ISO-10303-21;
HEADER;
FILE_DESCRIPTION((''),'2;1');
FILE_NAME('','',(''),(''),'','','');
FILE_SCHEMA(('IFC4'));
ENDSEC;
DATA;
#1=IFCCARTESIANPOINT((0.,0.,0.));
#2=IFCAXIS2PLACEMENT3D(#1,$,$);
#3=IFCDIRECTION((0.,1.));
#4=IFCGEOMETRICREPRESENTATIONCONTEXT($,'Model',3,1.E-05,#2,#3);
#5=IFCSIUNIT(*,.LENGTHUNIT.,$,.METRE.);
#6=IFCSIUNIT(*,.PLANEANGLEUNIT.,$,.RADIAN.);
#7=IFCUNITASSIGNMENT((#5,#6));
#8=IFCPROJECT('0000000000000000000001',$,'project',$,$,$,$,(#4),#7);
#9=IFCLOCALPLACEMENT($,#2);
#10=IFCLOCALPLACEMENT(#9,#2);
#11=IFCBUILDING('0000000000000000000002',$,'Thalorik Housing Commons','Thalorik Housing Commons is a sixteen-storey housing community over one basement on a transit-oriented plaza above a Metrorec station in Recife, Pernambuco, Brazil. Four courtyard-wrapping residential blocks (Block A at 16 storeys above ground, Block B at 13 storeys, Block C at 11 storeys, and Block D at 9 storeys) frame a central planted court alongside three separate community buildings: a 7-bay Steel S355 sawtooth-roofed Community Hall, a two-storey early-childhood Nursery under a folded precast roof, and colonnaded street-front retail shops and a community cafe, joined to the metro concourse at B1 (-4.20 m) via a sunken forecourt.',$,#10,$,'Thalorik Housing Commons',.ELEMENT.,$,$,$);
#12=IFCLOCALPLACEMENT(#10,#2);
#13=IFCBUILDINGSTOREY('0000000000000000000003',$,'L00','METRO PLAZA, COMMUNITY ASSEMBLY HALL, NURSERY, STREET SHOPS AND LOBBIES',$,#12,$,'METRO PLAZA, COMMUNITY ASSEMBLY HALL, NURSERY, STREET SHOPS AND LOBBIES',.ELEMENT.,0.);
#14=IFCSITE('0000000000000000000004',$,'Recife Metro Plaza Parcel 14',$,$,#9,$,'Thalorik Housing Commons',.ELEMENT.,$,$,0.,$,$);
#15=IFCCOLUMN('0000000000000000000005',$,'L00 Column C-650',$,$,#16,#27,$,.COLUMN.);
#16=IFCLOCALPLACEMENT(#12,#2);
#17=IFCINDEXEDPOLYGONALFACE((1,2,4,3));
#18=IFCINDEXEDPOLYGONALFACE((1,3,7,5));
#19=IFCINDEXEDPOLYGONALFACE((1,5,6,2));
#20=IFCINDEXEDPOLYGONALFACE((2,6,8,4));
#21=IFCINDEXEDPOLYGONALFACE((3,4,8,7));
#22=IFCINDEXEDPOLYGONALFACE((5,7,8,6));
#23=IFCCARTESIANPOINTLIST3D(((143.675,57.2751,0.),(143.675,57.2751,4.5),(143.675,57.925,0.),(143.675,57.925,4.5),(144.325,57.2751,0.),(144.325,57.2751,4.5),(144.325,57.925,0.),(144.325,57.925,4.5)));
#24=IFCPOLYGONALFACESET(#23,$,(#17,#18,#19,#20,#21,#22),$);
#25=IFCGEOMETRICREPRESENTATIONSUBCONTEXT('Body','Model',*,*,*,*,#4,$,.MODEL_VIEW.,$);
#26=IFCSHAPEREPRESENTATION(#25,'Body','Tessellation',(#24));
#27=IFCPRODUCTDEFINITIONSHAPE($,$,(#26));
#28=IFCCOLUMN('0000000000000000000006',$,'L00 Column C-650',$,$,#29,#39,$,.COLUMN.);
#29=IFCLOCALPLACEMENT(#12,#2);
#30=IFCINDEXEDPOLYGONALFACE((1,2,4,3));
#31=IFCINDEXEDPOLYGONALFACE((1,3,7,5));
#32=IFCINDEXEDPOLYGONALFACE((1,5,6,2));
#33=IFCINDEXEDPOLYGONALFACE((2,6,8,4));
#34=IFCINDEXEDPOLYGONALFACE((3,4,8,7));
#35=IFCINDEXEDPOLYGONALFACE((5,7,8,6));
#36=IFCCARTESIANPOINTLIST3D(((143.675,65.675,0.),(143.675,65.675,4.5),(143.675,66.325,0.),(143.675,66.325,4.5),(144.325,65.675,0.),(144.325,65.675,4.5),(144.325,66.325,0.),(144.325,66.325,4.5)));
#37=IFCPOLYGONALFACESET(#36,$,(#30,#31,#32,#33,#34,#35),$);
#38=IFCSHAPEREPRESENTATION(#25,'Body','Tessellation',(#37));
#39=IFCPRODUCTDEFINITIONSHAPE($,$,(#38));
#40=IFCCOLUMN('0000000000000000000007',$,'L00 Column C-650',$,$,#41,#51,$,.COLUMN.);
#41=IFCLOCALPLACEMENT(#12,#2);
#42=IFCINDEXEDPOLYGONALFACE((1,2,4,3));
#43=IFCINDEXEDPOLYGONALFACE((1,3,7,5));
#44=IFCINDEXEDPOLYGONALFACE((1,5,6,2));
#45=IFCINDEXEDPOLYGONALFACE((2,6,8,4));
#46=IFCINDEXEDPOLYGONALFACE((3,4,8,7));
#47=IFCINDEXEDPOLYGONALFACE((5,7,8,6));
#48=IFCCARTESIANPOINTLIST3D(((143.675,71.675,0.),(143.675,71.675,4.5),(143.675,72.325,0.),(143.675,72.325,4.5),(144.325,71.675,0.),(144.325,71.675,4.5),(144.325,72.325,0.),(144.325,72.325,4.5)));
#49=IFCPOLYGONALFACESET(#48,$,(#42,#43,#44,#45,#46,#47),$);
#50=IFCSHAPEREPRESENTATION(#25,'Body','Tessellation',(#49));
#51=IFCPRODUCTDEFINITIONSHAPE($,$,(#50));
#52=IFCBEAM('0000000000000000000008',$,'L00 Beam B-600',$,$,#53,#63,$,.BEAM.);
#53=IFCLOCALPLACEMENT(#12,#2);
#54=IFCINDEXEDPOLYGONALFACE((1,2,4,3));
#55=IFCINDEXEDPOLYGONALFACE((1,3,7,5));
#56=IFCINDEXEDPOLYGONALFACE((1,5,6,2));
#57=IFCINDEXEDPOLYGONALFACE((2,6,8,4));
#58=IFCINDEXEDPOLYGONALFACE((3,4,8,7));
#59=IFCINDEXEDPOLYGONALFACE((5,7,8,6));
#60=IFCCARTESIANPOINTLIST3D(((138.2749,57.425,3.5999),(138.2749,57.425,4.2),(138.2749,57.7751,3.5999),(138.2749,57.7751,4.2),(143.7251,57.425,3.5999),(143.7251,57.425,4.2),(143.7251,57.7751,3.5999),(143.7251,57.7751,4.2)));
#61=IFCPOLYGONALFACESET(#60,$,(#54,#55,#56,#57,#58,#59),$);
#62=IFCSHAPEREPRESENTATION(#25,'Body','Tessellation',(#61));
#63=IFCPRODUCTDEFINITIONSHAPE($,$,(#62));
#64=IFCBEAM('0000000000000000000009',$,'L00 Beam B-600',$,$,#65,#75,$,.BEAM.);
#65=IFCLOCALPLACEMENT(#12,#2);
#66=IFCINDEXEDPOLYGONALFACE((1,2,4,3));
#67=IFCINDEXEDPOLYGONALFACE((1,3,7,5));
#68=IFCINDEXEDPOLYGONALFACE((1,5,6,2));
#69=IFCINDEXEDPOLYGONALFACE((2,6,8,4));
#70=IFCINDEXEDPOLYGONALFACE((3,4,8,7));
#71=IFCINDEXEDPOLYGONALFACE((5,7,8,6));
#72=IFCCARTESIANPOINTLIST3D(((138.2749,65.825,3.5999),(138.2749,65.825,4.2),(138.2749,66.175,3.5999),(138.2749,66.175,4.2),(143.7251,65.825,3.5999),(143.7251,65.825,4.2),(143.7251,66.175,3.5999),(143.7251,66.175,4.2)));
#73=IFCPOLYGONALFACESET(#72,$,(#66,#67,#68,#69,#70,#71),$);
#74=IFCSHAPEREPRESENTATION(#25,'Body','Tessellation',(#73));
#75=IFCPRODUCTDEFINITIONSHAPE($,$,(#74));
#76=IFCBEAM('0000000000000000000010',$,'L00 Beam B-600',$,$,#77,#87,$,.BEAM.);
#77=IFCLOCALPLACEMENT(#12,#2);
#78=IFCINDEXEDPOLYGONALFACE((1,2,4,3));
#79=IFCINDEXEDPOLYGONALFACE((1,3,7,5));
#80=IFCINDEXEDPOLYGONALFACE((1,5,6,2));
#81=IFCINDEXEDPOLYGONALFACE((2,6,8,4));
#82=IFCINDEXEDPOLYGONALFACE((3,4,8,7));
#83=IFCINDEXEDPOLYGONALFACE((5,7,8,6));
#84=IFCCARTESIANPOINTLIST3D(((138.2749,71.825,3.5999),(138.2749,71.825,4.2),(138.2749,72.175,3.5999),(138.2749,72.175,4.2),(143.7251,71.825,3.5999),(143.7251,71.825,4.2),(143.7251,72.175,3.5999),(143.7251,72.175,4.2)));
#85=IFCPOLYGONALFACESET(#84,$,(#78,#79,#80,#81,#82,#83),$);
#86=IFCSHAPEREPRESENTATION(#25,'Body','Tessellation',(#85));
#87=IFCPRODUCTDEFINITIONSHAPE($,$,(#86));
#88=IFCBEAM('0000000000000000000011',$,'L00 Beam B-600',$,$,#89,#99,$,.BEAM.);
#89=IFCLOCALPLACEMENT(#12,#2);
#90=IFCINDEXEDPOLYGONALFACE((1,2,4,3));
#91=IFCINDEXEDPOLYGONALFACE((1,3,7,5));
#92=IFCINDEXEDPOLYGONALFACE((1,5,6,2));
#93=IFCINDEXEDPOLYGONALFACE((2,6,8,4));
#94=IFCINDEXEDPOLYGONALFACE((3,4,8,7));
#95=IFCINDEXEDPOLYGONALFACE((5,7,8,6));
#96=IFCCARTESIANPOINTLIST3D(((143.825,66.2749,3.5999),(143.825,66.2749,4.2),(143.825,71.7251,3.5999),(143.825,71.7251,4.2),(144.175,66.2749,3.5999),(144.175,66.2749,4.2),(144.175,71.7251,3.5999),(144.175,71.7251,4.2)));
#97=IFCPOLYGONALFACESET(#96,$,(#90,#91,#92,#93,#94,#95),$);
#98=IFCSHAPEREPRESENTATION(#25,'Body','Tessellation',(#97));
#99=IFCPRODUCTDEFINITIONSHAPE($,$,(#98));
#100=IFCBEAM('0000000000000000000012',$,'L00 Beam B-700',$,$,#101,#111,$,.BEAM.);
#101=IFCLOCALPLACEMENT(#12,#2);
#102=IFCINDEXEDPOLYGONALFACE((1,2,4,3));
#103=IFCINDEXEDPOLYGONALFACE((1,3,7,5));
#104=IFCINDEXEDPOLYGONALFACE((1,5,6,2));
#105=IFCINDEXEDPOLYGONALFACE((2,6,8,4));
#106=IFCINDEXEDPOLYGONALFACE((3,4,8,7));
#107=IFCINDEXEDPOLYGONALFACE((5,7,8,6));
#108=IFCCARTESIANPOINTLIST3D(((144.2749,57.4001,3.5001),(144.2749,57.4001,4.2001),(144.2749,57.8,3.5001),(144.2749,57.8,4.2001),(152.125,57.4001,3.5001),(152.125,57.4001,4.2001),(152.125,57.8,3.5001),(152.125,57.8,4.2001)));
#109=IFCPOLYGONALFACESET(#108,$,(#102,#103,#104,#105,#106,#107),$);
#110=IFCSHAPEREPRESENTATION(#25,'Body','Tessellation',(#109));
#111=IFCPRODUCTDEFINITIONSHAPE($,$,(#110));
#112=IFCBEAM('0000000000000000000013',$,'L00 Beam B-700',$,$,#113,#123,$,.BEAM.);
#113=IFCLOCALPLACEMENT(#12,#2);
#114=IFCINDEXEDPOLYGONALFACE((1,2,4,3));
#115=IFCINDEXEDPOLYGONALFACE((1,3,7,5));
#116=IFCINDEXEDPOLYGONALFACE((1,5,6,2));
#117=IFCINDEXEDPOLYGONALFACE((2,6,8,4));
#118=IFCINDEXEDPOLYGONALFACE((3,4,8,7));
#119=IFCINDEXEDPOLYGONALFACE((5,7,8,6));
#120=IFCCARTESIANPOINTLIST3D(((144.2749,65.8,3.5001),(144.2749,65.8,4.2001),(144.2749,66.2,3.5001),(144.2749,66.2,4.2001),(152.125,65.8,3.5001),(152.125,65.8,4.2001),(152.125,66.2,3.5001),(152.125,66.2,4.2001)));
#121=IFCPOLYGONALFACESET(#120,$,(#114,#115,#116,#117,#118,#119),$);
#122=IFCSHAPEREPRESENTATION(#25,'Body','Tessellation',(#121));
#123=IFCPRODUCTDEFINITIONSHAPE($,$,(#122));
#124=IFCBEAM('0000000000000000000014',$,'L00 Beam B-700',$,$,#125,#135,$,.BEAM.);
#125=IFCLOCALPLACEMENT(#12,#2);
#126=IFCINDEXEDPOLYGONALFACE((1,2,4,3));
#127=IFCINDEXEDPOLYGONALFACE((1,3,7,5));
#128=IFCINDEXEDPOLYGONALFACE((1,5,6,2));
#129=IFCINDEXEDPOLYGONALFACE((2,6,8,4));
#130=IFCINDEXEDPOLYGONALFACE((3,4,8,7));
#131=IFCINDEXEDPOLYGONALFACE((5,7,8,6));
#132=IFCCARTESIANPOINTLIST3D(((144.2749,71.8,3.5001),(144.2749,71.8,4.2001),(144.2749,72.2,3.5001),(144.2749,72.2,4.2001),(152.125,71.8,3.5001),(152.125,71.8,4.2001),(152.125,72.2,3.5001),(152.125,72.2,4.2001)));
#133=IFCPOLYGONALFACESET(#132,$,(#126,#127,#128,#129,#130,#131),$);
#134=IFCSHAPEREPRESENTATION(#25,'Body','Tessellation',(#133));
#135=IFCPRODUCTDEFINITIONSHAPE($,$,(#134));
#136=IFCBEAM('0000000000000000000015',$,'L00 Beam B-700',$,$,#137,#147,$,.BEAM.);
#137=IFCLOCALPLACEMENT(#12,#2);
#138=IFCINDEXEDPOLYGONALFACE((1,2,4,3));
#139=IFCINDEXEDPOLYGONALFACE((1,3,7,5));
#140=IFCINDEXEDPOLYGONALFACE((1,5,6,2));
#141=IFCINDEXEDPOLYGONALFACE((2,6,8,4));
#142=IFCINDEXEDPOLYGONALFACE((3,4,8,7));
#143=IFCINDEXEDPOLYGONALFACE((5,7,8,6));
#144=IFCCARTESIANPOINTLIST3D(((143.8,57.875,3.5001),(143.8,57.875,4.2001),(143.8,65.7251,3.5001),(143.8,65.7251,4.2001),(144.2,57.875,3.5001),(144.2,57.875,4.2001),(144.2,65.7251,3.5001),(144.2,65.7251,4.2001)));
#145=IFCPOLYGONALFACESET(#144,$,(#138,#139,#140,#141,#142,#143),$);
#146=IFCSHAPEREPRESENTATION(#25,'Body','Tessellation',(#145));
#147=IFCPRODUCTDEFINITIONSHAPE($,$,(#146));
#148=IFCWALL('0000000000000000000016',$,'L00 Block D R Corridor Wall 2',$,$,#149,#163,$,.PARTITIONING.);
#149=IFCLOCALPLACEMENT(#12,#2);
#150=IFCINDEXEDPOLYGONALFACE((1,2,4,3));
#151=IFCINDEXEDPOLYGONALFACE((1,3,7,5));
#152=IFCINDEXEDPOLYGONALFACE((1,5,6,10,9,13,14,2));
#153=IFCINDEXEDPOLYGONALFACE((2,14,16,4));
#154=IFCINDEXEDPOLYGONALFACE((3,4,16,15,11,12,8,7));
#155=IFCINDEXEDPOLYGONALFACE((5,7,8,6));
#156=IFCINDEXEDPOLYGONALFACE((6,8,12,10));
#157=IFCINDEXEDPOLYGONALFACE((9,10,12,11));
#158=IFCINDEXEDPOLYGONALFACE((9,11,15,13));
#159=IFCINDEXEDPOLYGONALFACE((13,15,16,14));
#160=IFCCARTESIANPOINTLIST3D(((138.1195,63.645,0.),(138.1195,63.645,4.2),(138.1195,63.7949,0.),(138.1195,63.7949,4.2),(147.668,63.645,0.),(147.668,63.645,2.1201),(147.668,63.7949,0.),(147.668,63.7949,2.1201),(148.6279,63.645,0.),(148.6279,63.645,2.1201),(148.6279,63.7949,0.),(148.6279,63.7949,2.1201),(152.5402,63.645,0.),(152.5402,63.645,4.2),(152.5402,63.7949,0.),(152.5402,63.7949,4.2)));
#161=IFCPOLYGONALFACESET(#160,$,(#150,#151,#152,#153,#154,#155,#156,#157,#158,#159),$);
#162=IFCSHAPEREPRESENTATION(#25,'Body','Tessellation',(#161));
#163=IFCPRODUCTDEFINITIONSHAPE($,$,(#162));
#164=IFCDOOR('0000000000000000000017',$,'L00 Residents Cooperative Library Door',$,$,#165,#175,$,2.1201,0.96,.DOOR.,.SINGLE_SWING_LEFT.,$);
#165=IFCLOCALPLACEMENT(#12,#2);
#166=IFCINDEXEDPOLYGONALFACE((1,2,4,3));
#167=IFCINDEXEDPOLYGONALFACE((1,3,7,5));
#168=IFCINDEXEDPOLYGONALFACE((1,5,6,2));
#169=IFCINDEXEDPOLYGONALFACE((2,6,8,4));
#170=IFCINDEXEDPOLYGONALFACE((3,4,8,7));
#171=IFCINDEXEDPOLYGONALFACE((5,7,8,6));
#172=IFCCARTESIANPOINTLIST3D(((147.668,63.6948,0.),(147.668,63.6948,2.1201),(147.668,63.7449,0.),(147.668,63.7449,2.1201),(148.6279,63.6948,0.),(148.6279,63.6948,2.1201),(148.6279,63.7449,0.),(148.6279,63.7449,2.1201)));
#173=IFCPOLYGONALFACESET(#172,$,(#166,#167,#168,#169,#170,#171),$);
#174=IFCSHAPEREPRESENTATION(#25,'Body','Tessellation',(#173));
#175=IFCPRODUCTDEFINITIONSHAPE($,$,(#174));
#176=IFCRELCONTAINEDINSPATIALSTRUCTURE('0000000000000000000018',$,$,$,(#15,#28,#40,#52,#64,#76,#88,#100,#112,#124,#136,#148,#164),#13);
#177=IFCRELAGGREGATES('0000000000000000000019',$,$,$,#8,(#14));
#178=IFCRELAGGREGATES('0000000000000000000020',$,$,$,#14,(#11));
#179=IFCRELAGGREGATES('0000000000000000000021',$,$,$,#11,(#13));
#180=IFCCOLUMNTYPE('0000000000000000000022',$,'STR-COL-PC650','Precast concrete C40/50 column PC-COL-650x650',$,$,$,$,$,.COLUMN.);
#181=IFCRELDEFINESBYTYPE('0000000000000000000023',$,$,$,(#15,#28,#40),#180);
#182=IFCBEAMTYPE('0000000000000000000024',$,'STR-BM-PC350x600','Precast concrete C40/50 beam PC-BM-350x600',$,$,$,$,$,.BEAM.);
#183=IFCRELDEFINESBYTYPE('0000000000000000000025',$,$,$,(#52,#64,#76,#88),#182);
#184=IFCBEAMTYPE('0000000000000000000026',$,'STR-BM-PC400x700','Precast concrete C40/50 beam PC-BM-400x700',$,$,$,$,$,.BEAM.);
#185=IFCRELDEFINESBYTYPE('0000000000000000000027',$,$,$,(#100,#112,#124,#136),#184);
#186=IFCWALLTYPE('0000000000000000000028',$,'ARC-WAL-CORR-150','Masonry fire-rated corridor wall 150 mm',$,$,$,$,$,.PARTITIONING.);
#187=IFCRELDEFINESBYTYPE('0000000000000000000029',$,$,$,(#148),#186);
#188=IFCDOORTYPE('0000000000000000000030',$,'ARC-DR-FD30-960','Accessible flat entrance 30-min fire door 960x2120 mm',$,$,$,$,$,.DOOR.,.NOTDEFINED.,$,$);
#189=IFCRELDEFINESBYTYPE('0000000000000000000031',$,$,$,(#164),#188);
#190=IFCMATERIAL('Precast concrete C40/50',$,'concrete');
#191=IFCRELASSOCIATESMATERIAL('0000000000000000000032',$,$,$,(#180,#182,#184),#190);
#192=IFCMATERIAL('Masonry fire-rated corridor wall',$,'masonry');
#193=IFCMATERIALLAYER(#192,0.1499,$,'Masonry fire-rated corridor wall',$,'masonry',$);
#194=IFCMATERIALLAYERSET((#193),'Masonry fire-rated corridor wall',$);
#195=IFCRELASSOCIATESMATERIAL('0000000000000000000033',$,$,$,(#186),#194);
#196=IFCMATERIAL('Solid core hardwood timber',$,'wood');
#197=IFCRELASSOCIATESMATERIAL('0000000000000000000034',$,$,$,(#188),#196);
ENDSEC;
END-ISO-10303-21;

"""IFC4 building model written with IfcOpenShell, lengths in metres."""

from ifc_helpers import new_model, si_unit, direction, frame, frame_2d, origin, origin_2d, place, context, subcontext, project, spatial, rectangle, extrude, material, layer, layer_set, material_profile, profile_set, type_object, element, fill, save


model = new_model("IFC4")

# Units and contexts
model_context = context("Model", 3, precision=1e-05, world=origin(), true_north=direction((0.0, 1.0)))
body_context = subcontext(model_context, "Body", "Model", "MODEL_VIEW")
ifc_project = project(units=[si_unit("LENGTHUNIT", "METRE"), si_unit("PLANEANGLEUNIT", "RADIAN")], contexts=[model_context])

# Site, building, storey
site_placement = place(None, origin())
site = spatial("IfcSite", under=ifc_project, at=site_placement, Name="Recife Metro Plaza Parcel 14", LongName="Thalorik Housing Commons", CompositionType="ELEMENT", RefElevation=0.0)
building_placement = place(site_placement, origin())
building = spatial("IfcBuilding", under=site, at=building_placement, Name="Thalorik Housing Commons", Description="Thalorik Housing Commons is a sixteen-storey housing community over one basement on a transit-oriented plaza above a Metrorec station in Recife, Pernambuco, Brazil. Four courtyard-wrapping residential blocks (Block A at 16 storeys above ground, Block B at 13 storeys, Block C at 11 storeys, and Block D at 9 storeys) frame a central planted court alongside three separate community buildings: a 7-bay Steel S355 sawtooth-roofed Community Hall, a two-storey early-childhood Nursery under a folded precast roof, and colonnaded street-front retail shops and a community cafe, joined to the metro concourse at B1 (-4.20 m) via a sunken forecourt.", LongName="Thalorik Housing Commons", CompositionType="ELEMENT")
storey_placement = place(building_placement, origin())
storey = spatial("IfcBuildingStorey", under=building, at=storey_placement, Name="L00", Description="METRO PLAZA, COMMUNITY ASSEMBLY HALL, NURSERY, STREET SHOPS AND LOBBIES", LongName="METRO PLAZA, COMMUNITY ASSEMBLY HALL, NURSERY, STREET SHOPS AND LOBBIES", CompositionType="ELEMENT", Elevation=0.0)

# Columns
ifc_material_1 = material(Name="Precast concrete C40/50", Category="concrete")
ifc_material_profile_1 = material_profile(ifc_material_1, rectangle(XDim=0.6499, YDim=0.6499, at=origin_2d()), Name="PC 650x650", Category="concrete")
ifc_profile_set_1 = profile_set([ifc_material_profile_1], Name="Precast concrete C40/50")
column_type = type_object("IfcColumnType", Name="STR-COL-PC650", Description="Precast concrete C40/50 column PC-COL-650x650", PredefinedType="COLUMN", material=ifc_profile_set_1)
for number, where, z_axis, x_axis, name in (
    (1, (144.0, 57.6001, 0.0), (0.0, 0.0, 1.0), (1.0, 0.0, 0.0), "L00 Column C-650"),
    (2, (144.0, 66.0, 0.0), (0.0, 0.0, 1.0), (1.0, 0.0, 0.0), "L00 Column C-650"),
    (3, (144.0, 72.0, 0.0), (0.0, 0.0, 1.0), (1.0, 0.0, 0.0), "L00 Column C-650"),
):
    element("IfcColumn", number, at=place(storey_placement, frame(where, z_axis=z_axis, x_axis=x_axis)), inside=storey, type_object=column_type, Name=name, PredefinedType="COLUMN", context=body_context, shape_type="SweptSolid", body=[
        extrude(rectangle(XDim=0.6499, YDim=0.6499, at=origin_2d()), origin(), (0.0, 0.0, 1.0), 4.5),
    ])

# Beams
ifc_material_profile_2 = material_profile(ifc_material_1, rectangle(XDim=0.3501, YDim=0.6001, at=origin_2d()), Name="PC 350x600", Category="concrete")
ifc_profile_set_2 = profile_set([ifc_material_profile_2], Name="Precast concrete C40/50")
beam_type_1 = type_object("IfcBeamType", Name="STR-BM-PC350x600", Description="Precast concrete C40/50 beam PC-BM-350x600", PredefinedType="BEAM", material=ifc_profile_set_2)
for number, where, z_axis, x_axis, name in (
    (4, (138.2749, 57.6001, 3.8999), (1.0, 0.0, 0.0), (0.0, 1.0, 0.0), "L00 Beam B-600"),
    (5, (138.2749, 66.0, 3.8999), (1.0, 0.0, 0.0), (0.0, 1.0, 0.0), "L00 Beam B-600"),
    (6, (138.2749, 72.0, 3.8999), (1.0, 0.0, 0.0), (0.0, 1.0, 0.0), "L00 Beam B-600"),
    (7, (144.0, 66.2749, 3.8999), (0.0, 1.0, 0.0), (-1.0, 0.0, 0.0), "L00 Beam B-600"),
):
    element("IfcBeam", number, at=place(storey_placement, frame(where, z_axis=z_axis, x_axis=x_axis)), inside=storey, type_object=beam_type_1, Name=name, PredefinedType="BEAM", context=body_context, shape_type="SweptSolid", body=[
        extrude(rectangle(XDim=0.3501, YDim=0.6001, at=origin_2d()), origin(), (0.0, 0.0, 1.0), 5.4502),
    ])
ifc_material_profile_3 = material_profile(ifc_material_1, rectangle(XDim=0.3999, YDim=0.7, at=origin_2d()), Name="PC 400x700", Category="concrete")
ifc_profile_set_3 = profile_set([ifc_material_profile_3], Name="Precast concrete C40/50")
beam_type_2 = type_object("IfcBeamType", Name="STR-BM-PC400x700", Description="Precast concrete C40/50 beam PC-BM-400x700", PredefinedType="BEAM", material=ifc_profile_set_3)
for number, where, z_axis, x_axis, name in (
    (8, (144.2749, 57.6001, 3.8501), (1.0, 0.0, 0.0), (0.0, 1.0, 0.0), "L00 Beam B-700"),
    (9, (144.2749, 66.0, 3.8501), (1.0, 0.0, 0.0), (0.0, 1.0, 0.0), "L00 Beam B-700"),
    (10, (144.2749, 72.0, 3.8501), (1.0, 0.0, 0.0), (0.0, 1.0, 0.0), "L00 Beam B-700"),
    (11, (144.0, 57.875, 3.8501), (0.0, 1.0, 0.0), (-1.0, 0.0, 0.0), "L00 Beam B-700"),
):
    element("IfcBeam", number, at=place(storey_placement, frame(where, z_axis=z_axis, x_axis=x_axis)), inside=storey, type_object=beam_type_2, Name=name, PredefinedType="BEAM", context=body_context, shape_type="SweptSolid", body=[
        extrude(rectangle(XDim=0.3999, YDim=0.7, at=origin_2d()), origin(), (0.0, 0.0, 1.0), 7.8501),
    ])

# Wall, opening, door
ifc_material_2 = material(Name="Masonry fire-rated corridor wall", Category="masonry")
ifc_layer_1 = layer(ifc_material_2, 0.1499, Name="Masonry fire-rated corridor wall", Category="masonry")
ifc_layer_set_1 = layer_set([ifc_layer_1], Name="Masonry fire-rated corridor wall")
wall_type_1 = type_object("IfcWallType", Name="ARC-WAL-CORR-150", Description="Masonry fire-rated corridor wall 150 mm", PredefinedType="PARTITIONING", material=ifc_layer_set_1)
wall_1_placement = place(storey_placement, frame((138.1194, 63.72, 0.0), z_axis=(0.0, 0.0, 1.0), x_axis=(1.0, 0.0, 0.0)))
wall_1 = element("IfcWall", 12, at=wall_1_placement, inside=storey, type_object=wall_type_1, Name="L00 Block D R Corridor Wall 2", PredefinedType="PARTITIONING", context=body_context, shape_type="SweptSolid", body=[
    extrude(rectangle(XDim=14.4207, YDim=0.1499, at=frame_2d((7.2104, 0.0))), origin(), (0.0, 0.0, 1.0), 4.2),
])
opening_1_placement = place(wall_1_placement, frame((9.5486, 0.0, 0.0)))
opening_1 = element("IfcOpeningElement", 13, at=opening_1_placement, cuts=wall_1, PredefinedType="OPENING", context=body_context, shape_type="SweptSolid", body=[
    extrude(rectangle(XDim=0.96, YDim=2.1201, at=frame_2d((0.48, 1.0601))), frame((0.0, 0.085, 0.0), z_axis=(0.0, -1.0, 0.0), x_axis=(1.0, 0.0, 0.0)), (0.0, 0.0, 1.0), 0.1699),
])
ifc_material_3 = material(Name="Solid core hardwood timber", Category="wood")
door_type_1 = type_object("IfcDoorType", Name="ARC-DR-FD30-960", Description="Accessible flat entrance 30-min fire door 960x2120 mm", OperationType="NOTDEFINED", PredefinedType="DOOR", material=ifc_material_3)
door_1_placement = place(opening_1_placement, origin())
door_1 = element("IfcDoor", 14, at=door_1_placement, inside=storey, type_object=door_type_1, Name="L00 Residents Cooperative Library Door", OperationType="SINGLE_SWING_LEFT", OverallHeight=2.1201, OverallWidth=0.96, PredefinedType="DOOR", context=body_context, shape_type="SweptSolid", body=[
    extrude(rectangle(XDim=0.96, YDim=2.1201, at=frame_2d((0.48, 1.0601))), frame((0.0, 0.0249, 0.0), z_axis=(0.0, -1.0, 0.0), x_axis=(1.0, 0.0, 0.0)), (0.0, 0.0, 1.0), 0.05),
])
fill(opening_1, door_1)

save(model, "model.ifc")
